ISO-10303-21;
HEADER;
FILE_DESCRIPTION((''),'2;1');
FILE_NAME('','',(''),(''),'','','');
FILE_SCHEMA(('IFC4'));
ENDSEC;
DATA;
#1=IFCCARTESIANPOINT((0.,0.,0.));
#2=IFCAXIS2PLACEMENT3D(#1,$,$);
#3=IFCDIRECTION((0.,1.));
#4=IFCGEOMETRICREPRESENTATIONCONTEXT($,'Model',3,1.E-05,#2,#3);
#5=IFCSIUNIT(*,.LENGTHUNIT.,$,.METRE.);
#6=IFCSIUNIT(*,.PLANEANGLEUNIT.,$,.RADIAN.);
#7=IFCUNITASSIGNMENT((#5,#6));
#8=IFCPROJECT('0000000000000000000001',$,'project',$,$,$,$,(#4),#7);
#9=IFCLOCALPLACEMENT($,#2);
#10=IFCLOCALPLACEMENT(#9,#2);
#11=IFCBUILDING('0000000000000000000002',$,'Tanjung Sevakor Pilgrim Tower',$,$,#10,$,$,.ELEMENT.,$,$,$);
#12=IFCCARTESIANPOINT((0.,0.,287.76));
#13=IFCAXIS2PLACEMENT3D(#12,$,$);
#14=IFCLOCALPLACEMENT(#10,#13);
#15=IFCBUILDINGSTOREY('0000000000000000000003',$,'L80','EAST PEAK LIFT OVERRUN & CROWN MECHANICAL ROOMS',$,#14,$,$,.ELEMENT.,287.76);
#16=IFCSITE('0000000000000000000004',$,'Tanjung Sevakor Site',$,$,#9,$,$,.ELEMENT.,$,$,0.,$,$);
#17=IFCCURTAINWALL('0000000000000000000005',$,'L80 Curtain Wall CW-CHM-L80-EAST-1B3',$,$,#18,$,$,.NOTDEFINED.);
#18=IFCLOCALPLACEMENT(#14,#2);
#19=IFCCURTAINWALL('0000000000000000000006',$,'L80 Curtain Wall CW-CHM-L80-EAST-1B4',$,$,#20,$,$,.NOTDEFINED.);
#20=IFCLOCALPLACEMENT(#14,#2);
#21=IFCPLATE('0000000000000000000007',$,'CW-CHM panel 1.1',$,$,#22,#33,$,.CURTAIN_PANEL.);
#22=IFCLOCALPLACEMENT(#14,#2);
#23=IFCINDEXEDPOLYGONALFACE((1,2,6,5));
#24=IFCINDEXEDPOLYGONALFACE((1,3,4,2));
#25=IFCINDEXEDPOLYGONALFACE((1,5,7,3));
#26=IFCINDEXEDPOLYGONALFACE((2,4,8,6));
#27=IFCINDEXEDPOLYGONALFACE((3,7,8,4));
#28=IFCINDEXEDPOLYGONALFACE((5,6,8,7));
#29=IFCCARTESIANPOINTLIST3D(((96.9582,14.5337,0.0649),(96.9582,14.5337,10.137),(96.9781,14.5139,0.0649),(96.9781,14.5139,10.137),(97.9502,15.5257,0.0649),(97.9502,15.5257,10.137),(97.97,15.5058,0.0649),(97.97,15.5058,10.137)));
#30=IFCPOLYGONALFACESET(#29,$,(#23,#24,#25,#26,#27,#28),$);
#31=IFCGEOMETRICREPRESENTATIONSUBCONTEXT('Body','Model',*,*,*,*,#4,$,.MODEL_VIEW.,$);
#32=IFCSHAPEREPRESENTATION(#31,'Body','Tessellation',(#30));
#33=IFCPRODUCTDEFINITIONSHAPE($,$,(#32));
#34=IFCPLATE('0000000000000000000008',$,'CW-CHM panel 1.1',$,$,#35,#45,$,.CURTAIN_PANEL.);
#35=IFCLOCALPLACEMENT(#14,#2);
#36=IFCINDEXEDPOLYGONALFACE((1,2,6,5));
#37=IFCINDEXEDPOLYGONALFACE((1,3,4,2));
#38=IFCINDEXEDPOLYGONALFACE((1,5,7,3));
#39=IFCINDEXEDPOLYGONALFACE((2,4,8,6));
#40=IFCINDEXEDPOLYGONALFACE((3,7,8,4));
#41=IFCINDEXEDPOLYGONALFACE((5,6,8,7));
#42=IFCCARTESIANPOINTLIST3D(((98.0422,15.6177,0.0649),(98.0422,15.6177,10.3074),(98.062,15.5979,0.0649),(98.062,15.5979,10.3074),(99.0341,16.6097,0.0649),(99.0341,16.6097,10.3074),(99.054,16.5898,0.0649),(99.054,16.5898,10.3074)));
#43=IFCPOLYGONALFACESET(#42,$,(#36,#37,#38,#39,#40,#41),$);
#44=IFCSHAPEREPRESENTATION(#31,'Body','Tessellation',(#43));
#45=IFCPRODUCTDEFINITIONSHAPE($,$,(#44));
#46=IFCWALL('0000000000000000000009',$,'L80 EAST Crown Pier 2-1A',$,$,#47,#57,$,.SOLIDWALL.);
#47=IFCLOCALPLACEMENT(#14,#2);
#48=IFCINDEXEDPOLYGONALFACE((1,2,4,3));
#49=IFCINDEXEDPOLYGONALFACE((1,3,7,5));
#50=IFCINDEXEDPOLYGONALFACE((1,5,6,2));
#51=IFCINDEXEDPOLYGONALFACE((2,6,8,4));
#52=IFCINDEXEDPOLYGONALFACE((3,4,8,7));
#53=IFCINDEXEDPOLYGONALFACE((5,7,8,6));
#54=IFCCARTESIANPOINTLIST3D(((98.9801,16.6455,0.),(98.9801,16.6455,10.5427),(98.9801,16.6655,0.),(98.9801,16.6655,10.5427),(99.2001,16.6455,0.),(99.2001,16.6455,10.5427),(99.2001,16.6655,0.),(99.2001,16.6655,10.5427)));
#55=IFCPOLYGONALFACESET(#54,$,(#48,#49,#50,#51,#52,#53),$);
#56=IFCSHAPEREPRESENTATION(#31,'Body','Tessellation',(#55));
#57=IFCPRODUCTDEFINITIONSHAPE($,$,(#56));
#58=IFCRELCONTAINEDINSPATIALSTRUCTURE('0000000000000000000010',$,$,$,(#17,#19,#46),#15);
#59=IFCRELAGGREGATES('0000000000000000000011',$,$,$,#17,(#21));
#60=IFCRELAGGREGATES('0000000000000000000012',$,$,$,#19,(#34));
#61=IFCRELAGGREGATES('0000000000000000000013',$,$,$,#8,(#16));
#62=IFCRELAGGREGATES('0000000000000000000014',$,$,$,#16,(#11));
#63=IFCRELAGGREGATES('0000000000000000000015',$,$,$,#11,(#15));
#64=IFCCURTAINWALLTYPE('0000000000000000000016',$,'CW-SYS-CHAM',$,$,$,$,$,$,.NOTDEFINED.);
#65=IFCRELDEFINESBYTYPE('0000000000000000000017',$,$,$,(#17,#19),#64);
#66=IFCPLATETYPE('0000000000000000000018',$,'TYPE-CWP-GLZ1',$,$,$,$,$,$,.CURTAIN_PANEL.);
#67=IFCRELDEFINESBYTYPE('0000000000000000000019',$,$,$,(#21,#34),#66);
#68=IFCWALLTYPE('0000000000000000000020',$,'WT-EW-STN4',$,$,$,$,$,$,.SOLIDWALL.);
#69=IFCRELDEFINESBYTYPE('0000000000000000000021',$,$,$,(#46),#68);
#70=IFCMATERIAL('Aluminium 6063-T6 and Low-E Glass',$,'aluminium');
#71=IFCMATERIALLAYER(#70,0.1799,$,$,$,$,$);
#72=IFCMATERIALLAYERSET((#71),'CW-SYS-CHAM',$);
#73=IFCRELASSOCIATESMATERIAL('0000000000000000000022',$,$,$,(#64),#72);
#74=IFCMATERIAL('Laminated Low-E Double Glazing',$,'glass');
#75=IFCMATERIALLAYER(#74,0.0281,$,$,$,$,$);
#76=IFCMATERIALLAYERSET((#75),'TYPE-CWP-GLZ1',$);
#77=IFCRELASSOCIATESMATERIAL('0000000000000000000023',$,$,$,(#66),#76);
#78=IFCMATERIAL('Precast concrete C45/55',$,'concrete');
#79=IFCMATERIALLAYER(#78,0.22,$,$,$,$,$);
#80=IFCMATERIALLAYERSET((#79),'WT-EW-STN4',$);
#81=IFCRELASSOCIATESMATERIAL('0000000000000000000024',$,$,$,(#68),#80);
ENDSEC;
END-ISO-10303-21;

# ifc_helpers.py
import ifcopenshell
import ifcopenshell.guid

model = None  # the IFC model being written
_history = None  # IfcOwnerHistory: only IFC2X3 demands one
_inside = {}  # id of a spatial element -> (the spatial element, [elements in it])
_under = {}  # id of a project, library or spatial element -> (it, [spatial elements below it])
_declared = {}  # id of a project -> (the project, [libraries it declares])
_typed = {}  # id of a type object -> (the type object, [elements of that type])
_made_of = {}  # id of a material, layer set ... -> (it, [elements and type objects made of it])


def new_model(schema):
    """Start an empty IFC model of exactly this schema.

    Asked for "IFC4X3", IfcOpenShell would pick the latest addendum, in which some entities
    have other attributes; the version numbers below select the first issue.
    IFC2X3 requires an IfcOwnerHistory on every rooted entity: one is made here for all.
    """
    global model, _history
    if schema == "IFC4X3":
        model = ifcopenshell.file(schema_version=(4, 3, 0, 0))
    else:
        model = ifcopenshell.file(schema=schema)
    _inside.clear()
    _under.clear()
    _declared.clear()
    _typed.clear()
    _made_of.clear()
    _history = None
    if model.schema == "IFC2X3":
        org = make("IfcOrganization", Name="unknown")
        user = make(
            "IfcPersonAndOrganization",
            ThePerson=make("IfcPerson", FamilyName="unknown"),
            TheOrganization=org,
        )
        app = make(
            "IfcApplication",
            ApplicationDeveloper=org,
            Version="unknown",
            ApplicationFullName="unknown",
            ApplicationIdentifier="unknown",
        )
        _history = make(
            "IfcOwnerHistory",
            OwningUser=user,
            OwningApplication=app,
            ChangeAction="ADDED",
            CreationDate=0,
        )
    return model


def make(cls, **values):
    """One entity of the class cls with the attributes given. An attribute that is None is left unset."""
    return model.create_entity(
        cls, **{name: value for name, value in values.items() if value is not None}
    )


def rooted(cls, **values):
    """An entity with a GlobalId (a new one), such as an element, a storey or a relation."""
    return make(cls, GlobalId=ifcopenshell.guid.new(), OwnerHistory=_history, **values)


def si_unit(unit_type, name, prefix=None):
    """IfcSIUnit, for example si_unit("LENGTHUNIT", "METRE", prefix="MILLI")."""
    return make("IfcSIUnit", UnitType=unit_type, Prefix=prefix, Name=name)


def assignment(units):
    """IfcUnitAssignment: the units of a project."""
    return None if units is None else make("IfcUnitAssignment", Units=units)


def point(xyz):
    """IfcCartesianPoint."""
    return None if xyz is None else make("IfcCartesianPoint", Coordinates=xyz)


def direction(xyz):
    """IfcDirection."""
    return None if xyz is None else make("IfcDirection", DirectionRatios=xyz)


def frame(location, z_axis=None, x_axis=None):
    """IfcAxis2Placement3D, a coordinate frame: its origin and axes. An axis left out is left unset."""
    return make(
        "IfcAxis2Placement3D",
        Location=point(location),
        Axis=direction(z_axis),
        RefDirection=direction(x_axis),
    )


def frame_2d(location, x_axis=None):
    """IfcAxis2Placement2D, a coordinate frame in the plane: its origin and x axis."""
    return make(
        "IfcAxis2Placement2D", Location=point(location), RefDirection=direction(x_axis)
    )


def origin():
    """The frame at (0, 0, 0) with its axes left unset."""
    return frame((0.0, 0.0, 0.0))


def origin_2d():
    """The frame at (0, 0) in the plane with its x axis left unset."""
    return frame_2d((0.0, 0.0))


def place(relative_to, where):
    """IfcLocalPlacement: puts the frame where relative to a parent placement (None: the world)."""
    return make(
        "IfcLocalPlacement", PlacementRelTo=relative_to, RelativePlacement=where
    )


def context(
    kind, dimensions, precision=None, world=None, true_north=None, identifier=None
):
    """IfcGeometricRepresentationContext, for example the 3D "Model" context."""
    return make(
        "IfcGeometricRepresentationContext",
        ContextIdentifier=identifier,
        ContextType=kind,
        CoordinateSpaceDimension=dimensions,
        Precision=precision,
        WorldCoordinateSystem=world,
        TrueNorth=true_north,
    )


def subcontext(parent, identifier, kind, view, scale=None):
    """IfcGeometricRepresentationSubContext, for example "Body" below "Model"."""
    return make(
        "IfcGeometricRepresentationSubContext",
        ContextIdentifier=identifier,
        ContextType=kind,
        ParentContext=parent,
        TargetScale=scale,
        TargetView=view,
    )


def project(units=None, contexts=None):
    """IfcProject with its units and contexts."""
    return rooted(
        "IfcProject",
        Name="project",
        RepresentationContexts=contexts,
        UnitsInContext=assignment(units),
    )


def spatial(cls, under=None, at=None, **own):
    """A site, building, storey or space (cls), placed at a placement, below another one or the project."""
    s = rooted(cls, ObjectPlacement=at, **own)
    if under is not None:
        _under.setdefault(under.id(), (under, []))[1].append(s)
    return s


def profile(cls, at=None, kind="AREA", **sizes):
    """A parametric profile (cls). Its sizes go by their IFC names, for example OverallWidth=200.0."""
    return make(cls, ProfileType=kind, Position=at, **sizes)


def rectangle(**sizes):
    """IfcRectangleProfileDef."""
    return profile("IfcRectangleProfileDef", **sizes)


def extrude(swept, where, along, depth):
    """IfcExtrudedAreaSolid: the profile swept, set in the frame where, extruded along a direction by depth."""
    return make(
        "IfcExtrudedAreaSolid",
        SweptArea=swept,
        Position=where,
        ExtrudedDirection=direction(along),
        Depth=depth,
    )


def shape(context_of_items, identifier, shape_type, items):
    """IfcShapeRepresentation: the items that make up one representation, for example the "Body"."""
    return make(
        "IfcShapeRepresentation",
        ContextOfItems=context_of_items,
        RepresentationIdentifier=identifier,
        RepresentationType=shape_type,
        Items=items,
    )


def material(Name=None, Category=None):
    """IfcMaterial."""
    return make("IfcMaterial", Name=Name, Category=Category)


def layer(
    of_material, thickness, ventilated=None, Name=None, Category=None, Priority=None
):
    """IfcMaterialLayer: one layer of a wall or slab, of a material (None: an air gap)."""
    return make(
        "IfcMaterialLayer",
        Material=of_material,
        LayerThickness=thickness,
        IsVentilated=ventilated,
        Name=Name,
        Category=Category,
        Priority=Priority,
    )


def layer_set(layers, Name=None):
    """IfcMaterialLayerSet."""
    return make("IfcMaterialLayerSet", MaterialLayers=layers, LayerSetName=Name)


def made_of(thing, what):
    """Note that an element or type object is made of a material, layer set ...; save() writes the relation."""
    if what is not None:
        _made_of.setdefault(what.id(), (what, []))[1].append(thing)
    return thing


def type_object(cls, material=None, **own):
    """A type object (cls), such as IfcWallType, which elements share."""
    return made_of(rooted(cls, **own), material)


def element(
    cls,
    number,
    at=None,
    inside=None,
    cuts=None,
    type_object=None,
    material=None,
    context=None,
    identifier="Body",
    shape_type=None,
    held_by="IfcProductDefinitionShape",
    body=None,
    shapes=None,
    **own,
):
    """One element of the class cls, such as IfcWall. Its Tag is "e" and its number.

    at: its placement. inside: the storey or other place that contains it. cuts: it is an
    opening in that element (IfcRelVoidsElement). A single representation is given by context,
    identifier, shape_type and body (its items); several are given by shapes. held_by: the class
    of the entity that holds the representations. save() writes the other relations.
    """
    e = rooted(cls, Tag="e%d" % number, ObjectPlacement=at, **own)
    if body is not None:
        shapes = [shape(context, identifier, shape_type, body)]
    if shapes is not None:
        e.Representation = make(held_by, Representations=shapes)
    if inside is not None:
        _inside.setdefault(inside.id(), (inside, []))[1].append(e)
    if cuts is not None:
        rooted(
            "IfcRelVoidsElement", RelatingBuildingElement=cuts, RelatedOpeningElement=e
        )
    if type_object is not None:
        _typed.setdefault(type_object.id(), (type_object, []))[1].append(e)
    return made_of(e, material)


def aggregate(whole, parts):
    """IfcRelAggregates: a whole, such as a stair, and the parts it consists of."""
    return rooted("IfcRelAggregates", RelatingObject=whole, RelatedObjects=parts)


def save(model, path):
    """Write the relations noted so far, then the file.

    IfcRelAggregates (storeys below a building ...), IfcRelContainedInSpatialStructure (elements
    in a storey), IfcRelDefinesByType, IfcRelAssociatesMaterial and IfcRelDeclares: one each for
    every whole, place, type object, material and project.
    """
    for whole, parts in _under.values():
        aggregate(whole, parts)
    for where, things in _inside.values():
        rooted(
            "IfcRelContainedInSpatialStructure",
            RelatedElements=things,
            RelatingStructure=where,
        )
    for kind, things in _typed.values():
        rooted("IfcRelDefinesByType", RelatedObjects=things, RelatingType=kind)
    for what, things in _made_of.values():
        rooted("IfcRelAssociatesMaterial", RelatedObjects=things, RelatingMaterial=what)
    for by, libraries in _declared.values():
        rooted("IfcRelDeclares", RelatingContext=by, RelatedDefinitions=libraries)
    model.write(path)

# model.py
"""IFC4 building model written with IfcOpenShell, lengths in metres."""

from ifc_helpers import new_model, si_unit, direction, frame, frame_2d, origin, origin_2d, place, context, subcontext, project, spatial, rectangle, extrude, material, layer, layer_set, type_object, element, aggregate, save


model = new_model("IFC4")

# Units and contexts
model_context = context("Model", 3, precision=1e-05, world=origin(), true_north=direction((0.0, 1.0)))
body_context = subcontext(model_context, "Body", "Model", "MODEL_VIEW")
ifc_project = project(units=[si_unit("LENGTHUNIT", "METRE"), si_unit("PLANEANGLEUNIT", "RADIAN")], contexts=[model_context])

# Site, building, storey
site_placement = place(None, origin())
site = spatial("IfcSite", under=ifc_project, at=site_placement, Name="Tanjung Sevakor Site", CompositionType="ELEMENT", RefElevation=0.0)
building_placement = place(site_placement, origin())
building = spatial("IfcBuilding", under=site, at=building_placement, Name="Tanjung Sevakor Pilgrim Tower", CompositionType="ELEMENT")
storey_placement = place(building_placement, frame((0.0, 0.0, 287.76)))
storey = spatial("IfcBuildingStorey", under=building, at=storey_placement, Name="L80", Description="EAST PEAK LIFT OVERRUN & CROWN MECHANICAL ROOMS", CompositionType="ELEMENT", Elevation=287.76)

# Curtain walls
ifc_material_1 = material(Name="Aluminium 6063-T6 and Low-E Glass", Category="aluminium")
ifc_layer_1 = layer(ifc_material_1, 0.1799)
ifc_layer_set_1 = layer_set([ifc_layer_1], Name="CW-SYS-CHAM")
curtain_wall_type_1 = type_object("IfcCurtainWallType", Name="CW-SYS-CHAM", PredefinedType="NOTDEFINED", material=ifc_layer_set_1)
curtain_wall_1_placement = place(storey_placement, origin())
curtain_wall_1 = element("IfcCurtainWall", 1, at=curtain_wall_1_placement, inside=storey, type_object=curtain_wall_type_1, Name="L80 Curtain Wall CW-CHM-L80-EAST-1B3", PredefinedType="NOTDEFINED")
curtain_wall_2_placement = place(storey_placement, origin())
curtain_wall_2 = element("IfcCurtainWall", 2, at=curtain_wall_2_placement, inside=storey, type_object=curtain_wall_type_1, Name="L80 Curtain Wall CW-CHM-L80-EAST-1B4", PredefinedType="NOTDEFINED")

# Plates
ifc_material_2 = material(Name="Laminated Low-E Double Glazing", Category="glass")
ifc_layer_2 = layer(ifc_material_2, 0.0281)
ifc_layer_set_2 = layer_set([ifc_layer_2], Name="TYPE-CWP-GLZ1")
plate_type_1 = type_object("IfcPlateType", Name="TYPE-CWP-GLZ1", PredefinedType="CURTAIN_PANEL", material=ifc_layer_set_2)
plate_1_placement = place(storey_placement, frame((97.4641, 15.0198, 0.0649), z_axis=(0.0, 0.0, 1.0), x_axis=(0.707107, 0.707107, 0.0)))
plate_1 = element("IfcPlate", 3, at=plate_1_placement, type_object=plate_type_1, Name="CW-CHM panel 1.1", PredefinedType="CURTAIN_PANEL", context=body_context, shape_type="SweptSolid", body=[
    extrude(rectangle(XDim=1.4028, YDim=0.0281, at=origin_2d()), origin(), (0.0, 0.0, 1.0), 10.072),
])
aggregate(curtain_wall_1, [plate_1])
plate_2_placement = place(storey_placement, frame((98.5481, 16.1038, 0.0649), z_axis=(0.0, 0.0, 1.0), x_axis=(0.707107, 0.707107, 0.0)))
plate_2 = element("IfcPlate", 4, at=plate_2_placement, type_object=plate_type_1, Name="CW-CHM panel 1.1", PredefinedType="CURTAIN_PANEL", context=body_context, shape_type="SweptSolid", body=[
    extrude(rectangle(XDim=1.4028, YDim=0.0281, at=origin_2d()), origin(), (0.0, 0.0, 1.0), 10.2424),
])
aggregate(curtain_wall_2, [plate_2])

# Wall
ifc_material_3 = material(Name="Precast concrete C45/55", Category="concrete")
ifc_layer_3 = layer(ifc_material_3, 0.22)
ifc_layer_set_3 = layer_set([ifc_layer_3], Name="WT-EW-STN4")
wall_type = type_object("IfcWallType", Name="WT-EW-STN4", PredefinedType="SOLIDWALL", material=ifc_layer_set_3)
wall_placement = place(storey_placement, frame((99.0901, 16.6455, 0.0), z_axis=(0.0, 0.0, 1.0), x_axis=(0.0, 1.0, 0.0)))
element("IfcWall", 5, at=wall_placement, inside=storey, type_object=wall_type, Name="L80 EAST Crown Pier 2-1A", PredefinedType="SOLIDWALL", context=body_context, shape_type="SweptSolid", body=[
    extrude(rectangle(XDim=0.02, YDim=0.22, at=frame_2d((0.01, 0.0))), origin(), (0.0, 0.0, 1.0), 10.5427),
])

save(model, "model.ifc")
